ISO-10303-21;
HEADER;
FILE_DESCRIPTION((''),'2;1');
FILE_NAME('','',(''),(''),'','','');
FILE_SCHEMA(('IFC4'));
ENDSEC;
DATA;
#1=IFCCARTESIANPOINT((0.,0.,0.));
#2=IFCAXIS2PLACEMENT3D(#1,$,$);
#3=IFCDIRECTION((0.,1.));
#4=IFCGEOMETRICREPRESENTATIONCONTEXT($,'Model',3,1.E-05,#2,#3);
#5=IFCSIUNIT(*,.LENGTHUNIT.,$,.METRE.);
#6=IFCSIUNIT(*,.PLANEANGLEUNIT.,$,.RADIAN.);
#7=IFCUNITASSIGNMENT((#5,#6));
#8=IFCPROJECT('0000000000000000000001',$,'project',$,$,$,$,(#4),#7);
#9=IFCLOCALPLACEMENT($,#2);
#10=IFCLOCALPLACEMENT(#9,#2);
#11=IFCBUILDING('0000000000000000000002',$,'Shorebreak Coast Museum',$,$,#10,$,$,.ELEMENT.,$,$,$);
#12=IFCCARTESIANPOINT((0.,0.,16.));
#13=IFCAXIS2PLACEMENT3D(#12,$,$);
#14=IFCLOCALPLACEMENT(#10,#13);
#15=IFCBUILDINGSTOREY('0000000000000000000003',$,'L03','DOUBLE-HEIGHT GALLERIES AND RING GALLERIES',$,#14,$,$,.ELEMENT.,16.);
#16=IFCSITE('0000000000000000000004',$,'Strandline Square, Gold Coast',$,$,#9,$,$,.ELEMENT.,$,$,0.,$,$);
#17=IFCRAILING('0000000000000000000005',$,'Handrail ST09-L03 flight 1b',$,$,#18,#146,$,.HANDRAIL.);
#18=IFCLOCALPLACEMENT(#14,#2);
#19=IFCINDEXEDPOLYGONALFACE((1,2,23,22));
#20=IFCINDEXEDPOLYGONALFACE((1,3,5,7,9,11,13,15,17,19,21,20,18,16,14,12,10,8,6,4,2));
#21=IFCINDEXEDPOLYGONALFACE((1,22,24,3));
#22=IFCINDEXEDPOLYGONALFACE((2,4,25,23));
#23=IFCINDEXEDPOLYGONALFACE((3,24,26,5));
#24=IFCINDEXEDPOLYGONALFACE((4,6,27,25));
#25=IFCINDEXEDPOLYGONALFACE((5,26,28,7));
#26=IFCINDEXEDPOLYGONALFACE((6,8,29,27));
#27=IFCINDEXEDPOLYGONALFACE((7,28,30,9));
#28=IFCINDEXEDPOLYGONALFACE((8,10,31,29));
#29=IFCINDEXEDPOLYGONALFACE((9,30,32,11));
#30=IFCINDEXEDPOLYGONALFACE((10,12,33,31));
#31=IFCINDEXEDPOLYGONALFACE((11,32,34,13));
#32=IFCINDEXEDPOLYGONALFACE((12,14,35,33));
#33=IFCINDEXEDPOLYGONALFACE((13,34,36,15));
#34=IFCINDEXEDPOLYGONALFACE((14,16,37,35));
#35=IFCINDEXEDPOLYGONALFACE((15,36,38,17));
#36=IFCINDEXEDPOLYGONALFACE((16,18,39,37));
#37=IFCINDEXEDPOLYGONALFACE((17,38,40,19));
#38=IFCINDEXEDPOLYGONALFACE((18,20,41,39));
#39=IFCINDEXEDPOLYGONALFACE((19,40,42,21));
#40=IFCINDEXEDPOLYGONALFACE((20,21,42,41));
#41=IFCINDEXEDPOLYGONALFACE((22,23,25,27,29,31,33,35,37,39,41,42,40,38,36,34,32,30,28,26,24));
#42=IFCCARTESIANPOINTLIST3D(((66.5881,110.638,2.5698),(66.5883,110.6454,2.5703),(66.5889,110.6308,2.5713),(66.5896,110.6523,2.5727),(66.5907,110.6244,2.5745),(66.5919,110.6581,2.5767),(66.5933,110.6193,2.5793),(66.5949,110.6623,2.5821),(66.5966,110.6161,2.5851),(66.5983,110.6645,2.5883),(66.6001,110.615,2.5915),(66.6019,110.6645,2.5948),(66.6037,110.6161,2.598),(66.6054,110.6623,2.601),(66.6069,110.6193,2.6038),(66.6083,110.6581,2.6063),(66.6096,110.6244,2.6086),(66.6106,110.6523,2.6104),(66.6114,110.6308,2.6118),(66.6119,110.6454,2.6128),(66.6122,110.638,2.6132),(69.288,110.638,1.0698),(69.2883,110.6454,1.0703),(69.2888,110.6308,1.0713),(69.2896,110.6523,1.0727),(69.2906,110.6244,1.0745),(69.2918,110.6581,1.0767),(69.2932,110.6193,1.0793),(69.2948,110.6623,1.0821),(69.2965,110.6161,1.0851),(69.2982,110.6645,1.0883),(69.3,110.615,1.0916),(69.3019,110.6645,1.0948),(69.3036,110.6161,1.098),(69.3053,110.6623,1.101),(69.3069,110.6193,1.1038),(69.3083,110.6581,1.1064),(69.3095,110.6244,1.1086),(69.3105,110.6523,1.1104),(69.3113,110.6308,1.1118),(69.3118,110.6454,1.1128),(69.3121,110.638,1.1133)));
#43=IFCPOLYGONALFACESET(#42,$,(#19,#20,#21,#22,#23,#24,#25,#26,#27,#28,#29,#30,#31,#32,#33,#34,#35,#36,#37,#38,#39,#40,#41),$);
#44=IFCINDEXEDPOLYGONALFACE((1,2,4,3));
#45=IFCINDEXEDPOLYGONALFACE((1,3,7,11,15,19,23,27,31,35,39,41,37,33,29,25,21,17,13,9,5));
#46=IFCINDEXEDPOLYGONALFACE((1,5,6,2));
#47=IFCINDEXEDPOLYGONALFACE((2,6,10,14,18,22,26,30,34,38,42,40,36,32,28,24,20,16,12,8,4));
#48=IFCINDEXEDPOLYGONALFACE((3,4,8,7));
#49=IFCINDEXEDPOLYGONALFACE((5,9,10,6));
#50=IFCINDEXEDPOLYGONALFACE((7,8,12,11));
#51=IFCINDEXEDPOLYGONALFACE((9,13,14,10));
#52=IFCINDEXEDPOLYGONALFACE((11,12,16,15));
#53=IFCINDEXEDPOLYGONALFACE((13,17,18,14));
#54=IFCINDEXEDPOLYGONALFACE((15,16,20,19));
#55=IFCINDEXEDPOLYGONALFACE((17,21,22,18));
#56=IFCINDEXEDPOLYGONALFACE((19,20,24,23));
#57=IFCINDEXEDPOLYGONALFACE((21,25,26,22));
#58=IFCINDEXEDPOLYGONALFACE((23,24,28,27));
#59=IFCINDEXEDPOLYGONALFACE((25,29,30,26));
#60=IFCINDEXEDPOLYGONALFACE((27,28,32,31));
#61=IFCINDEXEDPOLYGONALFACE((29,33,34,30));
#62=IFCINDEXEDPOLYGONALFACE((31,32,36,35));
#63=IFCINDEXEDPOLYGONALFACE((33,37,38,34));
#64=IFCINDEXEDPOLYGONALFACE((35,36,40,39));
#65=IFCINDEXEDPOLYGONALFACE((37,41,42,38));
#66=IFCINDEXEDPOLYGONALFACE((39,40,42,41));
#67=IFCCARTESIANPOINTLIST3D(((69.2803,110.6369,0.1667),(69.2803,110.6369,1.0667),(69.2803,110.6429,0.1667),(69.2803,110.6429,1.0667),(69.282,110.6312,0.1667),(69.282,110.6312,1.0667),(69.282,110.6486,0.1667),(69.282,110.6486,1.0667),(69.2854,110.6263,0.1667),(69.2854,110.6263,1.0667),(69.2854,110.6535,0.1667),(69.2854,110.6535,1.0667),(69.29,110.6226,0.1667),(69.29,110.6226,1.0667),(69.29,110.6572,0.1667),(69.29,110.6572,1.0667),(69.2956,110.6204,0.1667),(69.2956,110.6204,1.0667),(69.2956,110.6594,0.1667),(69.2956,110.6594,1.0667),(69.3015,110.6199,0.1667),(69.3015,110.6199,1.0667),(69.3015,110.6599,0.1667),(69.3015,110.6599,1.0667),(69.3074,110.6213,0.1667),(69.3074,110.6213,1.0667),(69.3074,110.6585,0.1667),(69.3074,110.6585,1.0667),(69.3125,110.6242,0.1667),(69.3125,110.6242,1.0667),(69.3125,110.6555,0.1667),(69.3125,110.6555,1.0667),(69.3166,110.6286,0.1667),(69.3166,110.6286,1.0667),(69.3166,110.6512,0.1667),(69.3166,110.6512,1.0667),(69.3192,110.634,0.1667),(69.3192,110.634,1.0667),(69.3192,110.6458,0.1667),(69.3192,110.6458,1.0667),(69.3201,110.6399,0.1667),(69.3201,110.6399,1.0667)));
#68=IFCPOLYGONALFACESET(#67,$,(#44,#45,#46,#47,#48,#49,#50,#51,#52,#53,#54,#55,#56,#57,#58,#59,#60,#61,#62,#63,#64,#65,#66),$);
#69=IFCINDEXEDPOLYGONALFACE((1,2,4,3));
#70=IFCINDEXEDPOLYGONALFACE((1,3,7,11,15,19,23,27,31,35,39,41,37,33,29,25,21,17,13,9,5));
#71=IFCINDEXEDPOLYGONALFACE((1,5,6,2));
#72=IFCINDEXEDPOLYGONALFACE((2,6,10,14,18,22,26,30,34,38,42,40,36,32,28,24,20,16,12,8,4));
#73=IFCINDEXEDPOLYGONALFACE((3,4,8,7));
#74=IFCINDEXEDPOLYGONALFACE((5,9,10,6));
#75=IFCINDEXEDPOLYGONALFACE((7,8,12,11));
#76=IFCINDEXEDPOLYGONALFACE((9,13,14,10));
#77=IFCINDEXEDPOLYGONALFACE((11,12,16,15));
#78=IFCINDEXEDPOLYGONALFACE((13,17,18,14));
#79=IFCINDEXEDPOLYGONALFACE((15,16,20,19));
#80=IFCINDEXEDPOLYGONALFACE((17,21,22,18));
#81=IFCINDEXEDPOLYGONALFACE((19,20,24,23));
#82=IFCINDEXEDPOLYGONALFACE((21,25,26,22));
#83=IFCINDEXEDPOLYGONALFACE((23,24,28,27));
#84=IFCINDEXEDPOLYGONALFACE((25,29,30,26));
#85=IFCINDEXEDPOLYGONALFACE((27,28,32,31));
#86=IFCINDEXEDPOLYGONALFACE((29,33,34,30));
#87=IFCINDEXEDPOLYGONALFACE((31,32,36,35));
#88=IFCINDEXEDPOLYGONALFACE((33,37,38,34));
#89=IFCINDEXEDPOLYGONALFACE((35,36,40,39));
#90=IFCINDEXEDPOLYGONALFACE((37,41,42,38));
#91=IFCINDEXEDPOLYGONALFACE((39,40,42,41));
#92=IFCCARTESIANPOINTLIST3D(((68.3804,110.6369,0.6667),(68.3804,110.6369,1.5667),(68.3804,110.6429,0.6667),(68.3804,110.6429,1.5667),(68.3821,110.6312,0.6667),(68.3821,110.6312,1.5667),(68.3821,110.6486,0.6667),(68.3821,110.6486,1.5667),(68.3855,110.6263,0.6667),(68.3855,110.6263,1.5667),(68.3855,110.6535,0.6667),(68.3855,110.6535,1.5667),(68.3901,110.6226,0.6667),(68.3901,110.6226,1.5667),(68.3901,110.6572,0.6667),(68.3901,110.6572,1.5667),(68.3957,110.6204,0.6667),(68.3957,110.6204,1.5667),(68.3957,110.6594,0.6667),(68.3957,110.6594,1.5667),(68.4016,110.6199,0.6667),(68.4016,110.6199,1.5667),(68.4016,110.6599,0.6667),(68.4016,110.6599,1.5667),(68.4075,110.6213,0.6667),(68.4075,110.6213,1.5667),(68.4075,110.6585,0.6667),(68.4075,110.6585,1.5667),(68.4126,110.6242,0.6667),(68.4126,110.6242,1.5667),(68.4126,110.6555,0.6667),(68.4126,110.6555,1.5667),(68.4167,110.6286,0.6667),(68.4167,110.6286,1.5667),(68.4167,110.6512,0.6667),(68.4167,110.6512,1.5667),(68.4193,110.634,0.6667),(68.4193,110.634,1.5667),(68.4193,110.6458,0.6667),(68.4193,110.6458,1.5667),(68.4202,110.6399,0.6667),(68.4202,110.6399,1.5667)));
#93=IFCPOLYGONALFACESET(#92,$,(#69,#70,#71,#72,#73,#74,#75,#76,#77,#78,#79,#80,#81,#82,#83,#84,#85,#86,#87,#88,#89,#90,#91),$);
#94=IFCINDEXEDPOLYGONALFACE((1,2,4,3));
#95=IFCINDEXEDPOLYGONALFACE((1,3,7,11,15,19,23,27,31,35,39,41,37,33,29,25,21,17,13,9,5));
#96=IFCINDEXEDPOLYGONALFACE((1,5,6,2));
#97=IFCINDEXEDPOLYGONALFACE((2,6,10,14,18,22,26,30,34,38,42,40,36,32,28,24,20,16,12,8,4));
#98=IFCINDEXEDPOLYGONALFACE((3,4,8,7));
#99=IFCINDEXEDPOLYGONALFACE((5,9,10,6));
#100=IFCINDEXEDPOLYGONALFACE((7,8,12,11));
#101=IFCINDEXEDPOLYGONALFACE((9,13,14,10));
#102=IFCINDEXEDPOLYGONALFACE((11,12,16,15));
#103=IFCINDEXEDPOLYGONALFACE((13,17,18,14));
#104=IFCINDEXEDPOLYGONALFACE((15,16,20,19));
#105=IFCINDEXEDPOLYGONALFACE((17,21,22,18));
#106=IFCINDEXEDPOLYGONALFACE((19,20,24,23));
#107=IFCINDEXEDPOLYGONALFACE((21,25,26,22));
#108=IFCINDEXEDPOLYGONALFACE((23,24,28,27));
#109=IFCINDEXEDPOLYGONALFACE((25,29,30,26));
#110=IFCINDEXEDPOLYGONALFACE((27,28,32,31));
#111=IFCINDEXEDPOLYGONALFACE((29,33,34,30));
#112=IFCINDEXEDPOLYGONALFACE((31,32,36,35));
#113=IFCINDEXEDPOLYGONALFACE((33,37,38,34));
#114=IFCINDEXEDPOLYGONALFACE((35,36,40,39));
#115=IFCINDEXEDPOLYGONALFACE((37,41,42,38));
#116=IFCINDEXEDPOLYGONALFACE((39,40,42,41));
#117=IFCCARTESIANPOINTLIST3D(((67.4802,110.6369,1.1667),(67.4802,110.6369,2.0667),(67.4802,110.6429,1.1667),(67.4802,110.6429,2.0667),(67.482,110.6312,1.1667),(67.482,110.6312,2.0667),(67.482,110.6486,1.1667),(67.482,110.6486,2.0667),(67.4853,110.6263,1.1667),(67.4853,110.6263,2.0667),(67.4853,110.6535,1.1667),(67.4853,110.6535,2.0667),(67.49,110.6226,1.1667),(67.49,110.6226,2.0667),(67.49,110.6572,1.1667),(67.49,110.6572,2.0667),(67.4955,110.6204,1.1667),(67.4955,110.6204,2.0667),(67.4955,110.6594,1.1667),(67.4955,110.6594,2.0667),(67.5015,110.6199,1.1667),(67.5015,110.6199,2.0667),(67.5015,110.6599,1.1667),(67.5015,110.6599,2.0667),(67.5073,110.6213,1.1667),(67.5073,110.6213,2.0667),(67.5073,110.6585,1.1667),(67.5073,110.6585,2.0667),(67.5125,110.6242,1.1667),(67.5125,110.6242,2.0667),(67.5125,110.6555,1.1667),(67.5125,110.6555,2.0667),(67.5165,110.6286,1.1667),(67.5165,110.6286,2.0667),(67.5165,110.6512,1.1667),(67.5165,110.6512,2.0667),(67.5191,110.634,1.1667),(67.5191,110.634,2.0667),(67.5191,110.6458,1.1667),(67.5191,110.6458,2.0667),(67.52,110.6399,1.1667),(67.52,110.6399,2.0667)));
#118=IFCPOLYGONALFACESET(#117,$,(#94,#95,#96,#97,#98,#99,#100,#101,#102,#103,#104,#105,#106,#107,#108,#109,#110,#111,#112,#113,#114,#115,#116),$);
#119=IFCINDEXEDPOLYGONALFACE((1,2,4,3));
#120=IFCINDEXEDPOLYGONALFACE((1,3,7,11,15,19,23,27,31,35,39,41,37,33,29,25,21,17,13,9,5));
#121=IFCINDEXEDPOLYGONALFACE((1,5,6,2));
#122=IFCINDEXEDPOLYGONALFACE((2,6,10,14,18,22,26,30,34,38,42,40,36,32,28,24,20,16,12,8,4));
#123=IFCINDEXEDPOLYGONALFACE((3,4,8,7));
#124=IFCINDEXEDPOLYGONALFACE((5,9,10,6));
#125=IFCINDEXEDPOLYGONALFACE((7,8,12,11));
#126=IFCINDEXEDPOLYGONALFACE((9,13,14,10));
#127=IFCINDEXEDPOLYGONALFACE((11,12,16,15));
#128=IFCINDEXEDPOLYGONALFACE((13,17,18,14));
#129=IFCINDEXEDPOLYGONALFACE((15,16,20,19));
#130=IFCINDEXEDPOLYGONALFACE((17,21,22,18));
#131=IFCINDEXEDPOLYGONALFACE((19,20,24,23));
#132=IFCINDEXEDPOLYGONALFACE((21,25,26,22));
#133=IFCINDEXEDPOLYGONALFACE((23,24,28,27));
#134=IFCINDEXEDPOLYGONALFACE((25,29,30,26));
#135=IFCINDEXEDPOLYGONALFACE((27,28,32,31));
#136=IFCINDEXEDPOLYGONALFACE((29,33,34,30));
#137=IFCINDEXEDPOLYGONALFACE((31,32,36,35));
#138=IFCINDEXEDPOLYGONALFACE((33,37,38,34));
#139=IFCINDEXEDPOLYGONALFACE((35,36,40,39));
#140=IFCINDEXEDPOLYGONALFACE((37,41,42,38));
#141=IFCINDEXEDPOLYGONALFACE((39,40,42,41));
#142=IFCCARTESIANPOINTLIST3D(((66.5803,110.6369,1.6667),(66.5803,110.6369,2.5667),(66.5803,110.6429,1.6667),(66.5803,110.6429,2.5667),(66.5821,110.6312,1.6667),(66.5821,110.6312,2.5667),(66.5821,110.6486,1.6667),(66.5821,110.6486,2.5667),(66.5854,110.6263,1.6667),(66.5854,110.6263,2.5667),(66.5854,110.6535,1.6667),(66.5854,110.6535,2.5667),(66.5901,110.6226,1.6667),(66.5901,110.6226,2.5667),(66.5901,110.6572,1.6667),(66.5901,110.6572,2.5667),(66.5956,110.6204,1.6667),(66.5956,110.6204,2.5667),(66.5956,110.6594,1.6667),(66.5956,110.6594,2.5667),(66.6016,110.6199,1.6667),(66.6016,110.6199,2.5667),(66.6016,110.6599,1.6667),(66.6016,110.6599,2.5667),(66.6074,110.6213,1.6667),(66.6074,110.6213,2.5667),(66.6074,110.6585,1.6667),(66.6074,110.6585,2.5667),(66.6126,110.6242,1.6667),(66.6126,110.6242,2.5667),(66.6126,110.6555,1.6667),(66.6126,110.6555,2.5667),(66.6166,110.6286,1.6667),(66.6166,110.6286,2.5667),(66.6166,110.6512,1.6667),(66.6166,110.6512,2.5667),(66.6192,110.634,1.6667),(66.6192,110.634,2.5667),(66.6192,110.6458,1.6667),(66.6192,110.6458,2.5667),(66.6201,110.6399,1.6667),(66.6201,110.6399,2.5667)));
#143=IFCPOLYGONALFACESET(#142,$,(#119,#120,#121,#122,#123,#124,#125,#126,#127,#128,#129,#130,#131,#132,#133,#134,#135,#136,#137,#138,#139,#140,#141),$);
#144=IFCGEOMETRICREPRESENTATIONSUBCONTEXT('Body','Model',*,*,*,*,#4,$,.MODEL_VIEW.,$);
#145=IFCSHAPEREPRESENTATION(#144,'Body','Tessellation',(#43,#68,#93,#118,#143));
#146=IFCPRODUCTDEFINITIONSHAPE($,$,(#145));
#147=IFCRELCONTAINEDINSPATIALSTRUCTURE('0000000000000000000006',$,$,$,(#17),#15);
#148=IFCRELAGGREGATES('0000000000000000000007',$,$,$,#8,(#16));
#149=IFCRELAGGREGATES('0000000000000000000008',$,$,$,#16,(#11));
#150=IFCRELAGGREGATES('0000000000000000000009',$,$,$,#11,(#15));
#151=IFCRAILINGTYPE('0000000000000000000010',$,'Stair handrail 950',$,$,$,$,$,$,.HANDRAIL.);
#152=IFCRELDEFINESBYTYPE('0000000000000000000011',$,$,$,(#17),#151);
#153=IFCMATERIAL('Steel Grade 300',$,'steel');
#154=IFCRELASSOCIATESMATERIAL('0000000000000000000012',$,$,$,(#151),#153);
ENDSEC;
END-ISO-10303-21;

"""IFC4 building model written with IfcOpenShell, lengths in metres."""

from ifc_helpers import new_model, si_unit, direction, frame, origin, origin_2d, place, context, subcontext, project, spatial, circle, extrude, material, type_object, element, save


model = new_model("IFC4")

# Units and contexts
model_context = context("Model", 3, precision=1e-05, world=origin(), true_north=direction((0.0, 1.0)))
body_context = subcontext(model_context, "Body", "Model", "MODEL_VIEW")
ifc_project = project(units=[si_unit("LENGTHUNIT", "METRE"), si_unit("PLANEANGLEUNIT", "RADIAN")], contexts=[model_context])

# Site, building, storey
site_placement = place(None, origin())
site = spatial("IfcSite", under=ifc_project, at=site_placement, Name="Strandline Square, Gold Coast", CompositionType="ELEMENT", RefElevation=0.0)
building_placement = place(site_placement, origin())
building = spatial("IfcBuilding", under=site, at=building_placement, Name="Shorebreak Coast Museum", CompositionType="ELEMENT")
storey_placement = place(building_placement, frame((0.0, 0.0, 16.0)))
storey = spatial("IfcBuildingStorey", under=building, at=storey_placement, Name="L03", Description="DOUBLE-HEIGHT GALLERIES AND RING GALLERIES", CompositionType="ELEMENT", Elevation=16.0)

# Railing
ifc_material_1 = material(Name="Steel Grade 300", Category="steel")
railing_type_1 = type_object("IfcRailingType", Name="Stair handrail 950", PredefinedType="HANDRAIL", material=ifc_material_1)
for number, where, name in (
    (1, (69.3, 110.6399, 0.1667), "Handrail ST09-L03 flight 1b"),
):
    element("IfcRailing", number, at=place(storey_placement, frame(where)), inside=storey, type_object=railing_type_1, Name=name, PredefinedType="HANDRAIL", context=body_context, shape_type="SweptSolid", body=[
        extrude(circle(Radius=0.0249, at=origin_2d()), frame((0.0, 0.0, 0.9248), z_axis=(-0.874154, 0.0, 0.48565), x_axis=(0.0, -1.0, 0.0)), (0.0, 0.0, 1.0), 3.0886),
        extrude(circle(Radius=0.02, at=origin_2d()), origin(), (0.0, 0.0, 1.0), 0.8999),
        extrude(circle(Radius=0.02, at=origin_2d()), frame((-0.8999, 0.0, 0.5)), (0.0, 0.0, 1.0), 0.8999),
        extrude(circle(Radius=0.02, at=origin_2d()), frame((-1.8, 0.0, 1.0)), (0.0, 0.0, 1.0), 0.8999),
        extrude(circle(Radius=0.02, at=origin_2d()), frame((-2.7, 0.0, 1.5)), (0.0, 0.0, 1.0), 0.8999),
    ])

save(model, "model.ifc")
